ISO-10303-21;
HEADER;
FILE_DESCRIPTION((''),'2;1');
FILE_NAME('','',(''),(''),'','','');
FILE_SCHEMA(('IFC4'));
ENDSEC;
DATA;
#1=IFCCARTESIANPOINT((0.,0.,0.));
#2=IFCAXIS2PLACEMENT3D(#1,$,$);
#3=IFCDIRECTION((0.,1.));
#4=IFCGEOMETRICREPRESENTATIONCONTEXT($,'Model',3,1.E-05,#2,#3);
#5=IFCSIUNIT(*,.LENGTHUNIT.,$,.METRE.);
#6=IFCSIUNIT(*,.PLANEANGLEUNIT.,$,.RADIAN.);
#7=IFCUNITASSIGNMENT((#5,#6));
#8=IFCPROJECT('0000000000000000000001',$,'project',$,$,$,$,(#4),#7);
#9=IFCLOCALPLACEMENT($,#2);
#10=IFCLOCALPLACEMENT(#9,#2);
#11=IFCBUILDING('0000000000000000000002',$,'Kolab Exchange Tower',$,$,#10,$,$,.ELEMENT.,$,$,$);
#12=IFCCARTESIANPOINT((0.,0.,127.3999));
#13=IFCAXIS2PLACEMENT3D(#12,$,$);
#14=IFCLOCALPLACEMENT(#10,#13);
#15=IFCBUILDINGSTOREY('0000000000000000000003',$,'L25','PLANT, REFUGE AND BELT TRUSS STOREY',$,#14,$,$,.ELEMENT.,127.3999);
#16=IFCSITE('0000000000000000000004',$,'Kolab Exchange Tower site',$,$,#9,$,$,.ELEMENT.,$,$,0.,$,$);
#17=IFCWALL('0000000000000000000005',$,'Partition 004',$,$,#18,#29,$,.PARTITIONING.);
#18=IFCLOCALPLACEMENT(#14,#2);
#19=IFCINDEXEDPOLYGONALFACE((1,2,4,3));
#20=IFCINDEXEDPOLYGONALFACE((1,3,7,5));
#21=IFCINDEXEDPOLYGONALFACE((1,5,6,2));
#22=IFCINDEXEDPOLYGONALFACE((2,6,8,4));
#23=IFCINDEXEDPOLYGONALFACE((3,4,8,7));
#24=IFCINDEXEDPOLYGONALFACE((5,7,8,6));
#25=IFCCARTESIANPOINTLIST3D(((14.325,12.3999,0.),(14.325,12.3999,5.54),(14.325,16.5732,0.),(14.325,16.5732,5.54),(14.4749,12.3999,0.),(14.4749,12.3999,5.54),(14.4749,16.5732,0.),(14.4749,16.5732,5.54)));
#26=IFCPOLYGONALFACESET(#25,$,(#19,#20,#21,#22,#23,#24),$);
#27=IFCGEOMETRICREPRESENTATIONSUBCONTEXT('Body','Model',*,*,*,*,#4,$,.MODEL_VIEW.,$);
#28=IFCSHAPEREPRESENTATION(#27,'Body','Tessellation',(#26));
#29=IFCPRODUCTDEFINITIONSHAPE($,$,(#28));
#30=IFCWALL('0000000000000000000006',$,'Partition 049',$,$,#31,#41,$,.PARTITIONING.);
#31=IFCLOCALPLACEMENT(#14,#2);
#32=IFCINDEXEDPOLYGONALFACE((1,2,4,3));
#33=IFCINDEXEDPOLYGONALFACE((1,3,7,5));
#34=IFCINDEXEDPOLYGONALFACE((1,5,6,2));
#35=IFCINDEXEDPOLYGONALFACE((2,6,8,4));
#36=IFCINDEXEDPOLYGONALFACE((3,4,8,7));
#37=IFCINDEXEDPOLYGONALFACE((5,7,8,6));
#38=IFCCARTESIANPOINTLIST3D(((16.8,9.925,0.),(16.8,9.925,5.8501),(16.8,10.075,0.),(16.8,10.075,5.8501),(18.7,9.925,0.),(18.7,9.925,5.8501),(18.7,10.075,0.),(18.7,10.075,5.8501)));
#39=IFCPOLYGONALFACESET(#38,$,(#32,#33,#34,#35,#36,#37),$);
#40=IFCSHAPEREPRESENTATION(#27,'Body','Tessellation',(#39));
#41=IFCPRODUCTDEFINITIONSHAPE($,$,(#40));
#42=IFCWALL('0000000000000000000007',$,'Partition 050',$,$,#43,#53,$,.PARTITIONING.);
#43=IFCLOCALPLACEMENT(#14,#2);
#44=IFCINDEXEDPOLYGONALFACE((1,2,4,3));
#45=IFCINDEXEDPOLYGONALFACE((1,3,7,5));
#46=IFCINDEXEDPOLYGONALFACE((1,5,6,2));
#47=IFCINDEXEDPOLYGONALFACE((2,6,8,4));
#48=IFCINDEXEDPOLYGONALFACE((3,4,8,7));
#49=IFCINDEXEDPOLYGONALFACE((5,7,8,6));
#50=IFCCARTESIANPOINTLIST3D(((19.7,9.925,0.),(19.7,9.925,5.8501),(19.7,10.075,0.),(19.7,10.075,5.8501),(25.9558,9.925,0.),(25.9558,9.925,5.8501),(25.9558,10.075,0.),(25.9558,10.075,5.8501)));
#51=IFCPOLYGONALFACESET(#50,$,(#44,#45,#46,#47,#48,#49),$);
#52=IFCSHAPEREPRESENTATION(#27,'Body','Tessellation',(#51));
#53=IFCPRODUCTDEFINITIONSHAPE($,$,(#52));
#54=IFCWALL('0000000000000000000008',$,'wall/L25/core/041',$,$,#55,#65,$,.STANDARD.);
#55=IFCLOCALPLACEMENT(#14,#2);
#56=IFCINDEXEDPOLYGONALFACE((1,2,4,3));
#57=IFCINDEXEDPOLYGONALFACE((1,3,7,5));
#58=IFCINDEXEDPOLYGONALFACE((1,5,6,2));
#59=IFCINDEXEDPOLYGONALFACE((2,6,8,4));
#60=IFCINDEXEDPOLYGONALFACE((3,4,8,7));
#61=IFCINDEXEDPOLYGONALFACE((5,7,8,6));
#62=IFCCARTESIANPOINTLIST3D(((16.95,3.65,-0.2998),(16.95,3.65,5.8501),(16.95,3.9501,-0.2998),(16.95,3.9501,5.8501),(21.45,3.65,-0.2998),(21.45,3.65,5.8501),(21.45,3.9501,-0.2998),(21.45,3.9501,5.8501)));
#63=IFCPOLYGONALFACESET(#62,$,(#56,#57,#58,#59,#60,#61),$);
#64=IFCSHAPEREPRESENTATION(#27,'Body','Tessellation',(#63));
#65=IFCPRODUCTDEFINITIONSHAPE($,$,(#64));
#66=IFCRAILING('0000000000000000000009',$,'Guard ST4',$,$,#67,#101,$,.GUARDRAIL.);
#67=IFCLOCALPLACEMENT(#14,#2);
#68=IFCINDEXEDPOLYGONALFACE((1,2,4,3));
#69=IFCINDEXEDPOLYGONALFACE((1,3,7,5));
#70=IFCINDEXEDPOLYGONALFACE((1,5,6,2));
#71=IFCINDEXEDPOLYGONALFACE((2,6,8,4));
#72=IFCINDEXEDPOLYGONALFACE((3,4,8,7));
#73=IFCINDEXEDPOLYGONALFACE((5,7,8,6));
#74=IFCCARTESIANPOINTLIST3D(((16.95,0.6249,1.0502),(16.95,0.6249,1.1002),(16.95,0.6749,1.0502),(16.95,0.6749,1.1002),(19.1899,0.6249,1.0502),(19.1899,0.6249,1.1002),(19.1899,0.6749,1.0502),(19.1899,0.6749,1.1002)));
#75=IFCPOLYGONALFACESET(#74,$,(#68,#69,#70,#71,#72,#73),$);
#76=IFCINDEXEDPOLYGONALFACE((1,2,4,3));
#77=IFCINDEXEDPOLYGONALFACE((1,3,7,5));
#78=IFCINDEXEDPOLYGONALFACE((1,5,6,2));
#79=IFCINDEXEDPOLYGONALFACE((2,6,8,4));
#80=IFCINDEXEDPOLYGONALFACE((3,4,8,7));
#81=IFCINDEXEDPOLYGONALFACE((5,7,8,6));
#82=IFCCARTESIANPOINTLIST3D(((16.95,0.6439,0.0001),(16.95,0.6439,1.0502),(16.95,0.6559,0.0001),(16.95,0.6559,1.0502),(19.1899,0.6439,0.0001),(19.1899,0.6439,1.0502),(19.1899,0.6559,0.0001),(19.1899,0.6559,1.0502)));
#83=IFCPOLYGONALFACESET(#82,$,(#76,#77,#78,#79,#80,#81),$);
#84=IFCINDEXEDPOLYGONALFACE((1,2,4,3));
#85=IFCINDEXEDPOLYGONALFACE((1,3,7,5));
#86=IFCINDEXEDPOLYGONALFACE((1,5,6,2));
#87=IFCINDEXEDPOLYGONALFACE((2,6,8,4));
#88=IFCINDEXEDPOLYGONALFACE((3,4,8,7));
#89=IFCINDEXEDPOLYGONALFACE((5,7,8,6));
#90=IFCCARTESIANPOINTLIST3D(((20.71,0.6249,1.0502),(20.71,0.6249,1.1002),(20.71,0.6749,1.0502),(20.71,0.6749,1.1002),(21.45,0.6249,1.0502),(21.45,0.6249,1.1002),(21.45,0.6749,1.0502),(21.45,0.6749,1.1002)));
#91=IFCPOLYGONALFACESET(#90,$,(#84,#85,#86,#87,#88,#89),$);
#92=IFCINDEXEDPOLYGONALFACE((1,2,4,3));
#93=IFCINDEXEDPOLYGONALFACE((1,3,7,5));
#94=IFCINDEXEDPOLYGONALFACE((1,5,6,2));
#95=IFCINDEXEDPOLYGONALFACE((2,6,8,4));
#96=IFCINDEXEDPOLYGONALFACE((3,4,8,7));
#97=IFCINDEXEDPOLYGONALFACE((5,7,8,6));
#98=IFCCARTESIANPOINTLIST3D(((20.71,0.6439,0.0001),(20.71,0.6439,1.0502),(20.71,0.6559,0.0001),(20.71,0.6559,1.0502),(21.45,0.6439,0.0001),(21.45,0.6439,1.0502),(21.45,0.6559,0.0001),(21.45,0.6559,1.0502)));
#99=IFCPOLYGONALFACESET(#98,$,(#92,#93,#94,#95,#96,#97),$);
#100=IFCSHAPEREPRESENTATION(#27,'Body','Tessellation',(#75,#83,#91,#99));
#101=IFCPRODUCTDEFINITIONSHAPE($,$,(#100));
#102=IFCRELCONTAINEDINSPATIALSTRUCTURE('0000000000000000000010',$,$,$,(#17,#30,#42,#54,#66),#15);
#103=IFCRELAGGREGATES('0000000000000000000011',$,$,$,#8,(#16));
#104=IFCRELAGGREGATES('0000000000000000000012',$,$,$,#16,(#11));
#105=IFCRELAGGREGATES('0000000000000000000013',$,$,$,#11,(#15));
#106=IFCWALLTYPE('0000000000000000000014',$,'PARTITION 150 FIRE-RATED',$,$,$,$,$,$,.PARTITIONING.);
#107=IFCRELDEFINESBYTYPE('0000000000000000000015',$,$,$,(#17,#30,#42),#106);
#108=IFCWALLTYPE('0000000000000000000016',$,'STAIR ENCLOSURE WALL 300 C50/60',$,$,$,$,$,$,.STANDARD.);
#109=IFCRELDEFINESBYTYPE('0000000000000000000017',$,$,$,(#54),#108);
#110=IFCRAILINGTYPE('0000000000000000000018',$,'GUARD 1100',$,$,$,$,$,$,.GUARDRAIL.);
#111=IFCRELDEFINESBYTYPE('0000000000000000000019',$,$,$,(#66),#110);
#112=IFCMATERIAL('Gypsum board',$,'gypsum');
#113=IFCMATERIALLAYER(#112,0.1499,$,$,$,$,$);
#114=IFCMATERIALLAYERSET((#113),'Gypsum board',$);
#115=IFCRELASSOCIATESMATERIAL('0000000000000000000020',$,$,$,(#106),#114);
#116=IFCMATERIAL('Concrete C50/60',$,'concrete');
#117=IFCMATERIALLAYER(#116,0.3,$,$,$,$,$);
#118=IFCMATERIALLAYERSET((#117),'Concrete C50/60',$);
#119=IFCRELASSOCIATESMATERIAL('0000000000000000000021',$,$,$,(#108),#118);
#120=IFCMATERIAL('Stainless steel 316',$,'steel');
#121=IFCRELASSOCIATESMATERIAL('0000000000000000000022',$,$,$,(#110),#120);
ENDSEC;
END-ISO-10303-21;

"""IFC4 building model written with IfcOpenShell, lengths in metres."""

from ifc_helpers import new_model, si_unit, direction, frame, frame_2d, origin, origin_2d, place, context, subcontext, project, spatial, rectangle, extrude, material, layer, layer_set, type_object, element, save


model = new_model("IFC4")

# Units and contexts
model_context = context("Model", 3, precision=1e-05, world=origin(), true_north=direction((0.0, 1.0)))
body_context = subcontext(model_context, "Body", "Model", "MODEL_VIEW")
ifc_project = project(units=[si_unit("LENGTHUNIT", "METRE"), si_unit("PLANEANGLEUNIT", "RADIAN")], contexts=[model_context])

# Site, building, storey
site_placement = place(None, origin())
site = spatial("IfcSite", under=ifc_project, at=site_placement, Name="Kolab Exchange Tower site", CompositionType="ELEMENT", RefElevation=0.0)
building_placement = place(site_placement, origin())
building = spatial("IfcBuilding", under=site, at=building_placement, Name="Kolab Exchange Tower", CompositionType="ELEMENT")
storey_placement = place(building_placement, frame((0.0, 0.0, 127.3999)))
storey = spatial("IfcBuildingStorey", under=building, at=storey_placement, Name="L25", Description="PLANT, REFUGE AND BELT TRUSS STOREY", CompositionType="ELEMENT", Elevation=127.3999)

# Shared definitions
ifc_material_1 = material(Name="Gypsum board", Category="gypsum")
ifc_layer_1 = layer(ifc_material_1, 0.1499)
ifc_layer_set_1 = layer_set([ifc_layer_1], Name="Gypsum board")
wall_type_1 = type_object("IfcWallType", Name="PARTITION 150 FIRE-RATED", PredefinedType="PARTITIONING", material=ifc_layer_set_1)

# Walls
wall_1_placement = place(storey_placement, frame((14.3999, 12.3999, 0.0), z_axis=(0.0, 0.0, 1.0), x_axis=(0.0, 1.0, 0.0)))
element("IfcWall", 1, at=wall_1_placement, inside=storey, type_object=wall_type_1, Name="Partition 004", PredefinedType="PARTITIONING", context=body_context, shape_type="SweptSolid", body=[
    extrude(rectangle(XDim=4.1733, YDim=0.1499, at=frame_2d((2.0867, 0.0))), origin(), (0.0, 0.0, 1.0), 5.54),
])
wall_2_placement = place(storey_placement, frame((16.8, 10.0, 0.0), z_axis=(0.0, 0.0, 1.0), x_axis=(1.0, 0.0, 0.0)))
element("IfcWall", 2, at=wall_2_placement, inside=storey, type_object=wall_type_1, Name="Partition 049", PredefinedType="PARTITIONING", context=body_context, shape_type="SweptSolid", body=[
    extrude(rectangle(XDim=1.8999, YDim=0.1499, at=frame_2d((0.95, 0.0))), origin(), (0.0, 0.0, 1.0), 5.8501),
])
wall_3_placement = place(storey_placement, frame((19.7, 10.0, 0.0), z_axis=(0.0, 0.0, 1.0), x_axis=(1.0, 0.0, 0.0)))
element("IfcWall", 3, at=wall_3_placement, inside=storey, type_object=wall_type_1, Name="Partition 050", PredefinedType="PARTITIONING", context=body_context, shape_type="SweptSolid", body=[
    extrude(rectangle(XDim=6.2559, YDim=0.1499, at=frame_2d((3.1279, 0.0))), origin(), (0.0, 0.0, 1.0), 5.8501),
])
ifc_material_2 = material(Name="Concrete C50/60", Category="concrete")
ifc_layer_2 = layer(ifc_material_2, 0.3)
ifc_layer_set_2 = layer_set([ifc_layer_2], Name="Concrete C50/60")
wall_type_2 = type_object("IfcWallType", Name="STAIR ENCLOSURE WALL 300 C50/60", PredefinedType="STANDARD", material=ifc_layer_set_2)
wall_4_placement = place(storey_placement, frame((16.95, 3.8, -0.2998), z_axis=(0.0, 0.0, 1.0), x_axis=(1.0, 0.0, 0.0)))
element("IfcWall", 4, at=wall_4_placement, inside=storey, type_object=wall_type_2, Name="wall/L25/core/041", PredefinedType="STANDARD", context=body_context, shape_type="SweptSolid", body=[
    extrude(rectangle(XDim=4.5, YDim=0.3, at=frame_2d((2.25, 0.0))), origin(), (0.0, 0.0, 1.0), 6.1499),
])

# Railing
ifc_material_3 = material(Name="Stainless steel 316", Category="steel")
railing_type = type_object("IfcRailingType", Name="GUARD 1100", PredefinedType="GUARDRAIL", material=ifc_material_3)
railing_placement = place(storey_placement, frame((16.95, 0.6499, 0.0)))
element("IfcRailing", 5, at=railing_placement, inside=storey, type_object=railing_type, Name="Guard ST4", PredefinedType="GUARDRAIL", context=body_context, shape_type="SweptSolid", body=[
    extrude(rectangle(XDim=0.05, YDim=0.05, at=origin_2d()), frame((0.0, 0.0, 1.0752), z_axis=(1.0, 0.0, 0.0), x_axis=(0.0, 1.0, 0.0)), (0.0, 0.0, 1.0), 2.24),
    extrude(rectangle(XDim=0.012, YDim=1.0501, at=frame_2d((0.0, 0.5251))), frame((0.0, 0.0, 0.0), z_axis=(1.0, 0.0, 0.0), x_axis=(0.0, 1.0, 0.0)), (0.0, 0.0, 1.0), 2.24),
    extrude(rectangle(XDim=0.05, YDim=0.05, at=origin_2d()), frame((3.76, 0.0, 1.0752), z_axis=(1.0, 0.0, 0.0), x_axis=(0.0, 1.0, 0.0)), (0.0, 0.0, 1.0), 0.74),
    extrude(rectangle(XDim=0.012, YDim=1.0501, at=frame_2d((0.0, 0.5251))), frame((3.76, 0.0, 0.0), z_axis=(1.0, 0.0, 0.0), x_axis=(0.0, 1.0, 0.0)), (0.0, 0.0, 1.0), 0.74),
])

save(model, "model.ifc")
